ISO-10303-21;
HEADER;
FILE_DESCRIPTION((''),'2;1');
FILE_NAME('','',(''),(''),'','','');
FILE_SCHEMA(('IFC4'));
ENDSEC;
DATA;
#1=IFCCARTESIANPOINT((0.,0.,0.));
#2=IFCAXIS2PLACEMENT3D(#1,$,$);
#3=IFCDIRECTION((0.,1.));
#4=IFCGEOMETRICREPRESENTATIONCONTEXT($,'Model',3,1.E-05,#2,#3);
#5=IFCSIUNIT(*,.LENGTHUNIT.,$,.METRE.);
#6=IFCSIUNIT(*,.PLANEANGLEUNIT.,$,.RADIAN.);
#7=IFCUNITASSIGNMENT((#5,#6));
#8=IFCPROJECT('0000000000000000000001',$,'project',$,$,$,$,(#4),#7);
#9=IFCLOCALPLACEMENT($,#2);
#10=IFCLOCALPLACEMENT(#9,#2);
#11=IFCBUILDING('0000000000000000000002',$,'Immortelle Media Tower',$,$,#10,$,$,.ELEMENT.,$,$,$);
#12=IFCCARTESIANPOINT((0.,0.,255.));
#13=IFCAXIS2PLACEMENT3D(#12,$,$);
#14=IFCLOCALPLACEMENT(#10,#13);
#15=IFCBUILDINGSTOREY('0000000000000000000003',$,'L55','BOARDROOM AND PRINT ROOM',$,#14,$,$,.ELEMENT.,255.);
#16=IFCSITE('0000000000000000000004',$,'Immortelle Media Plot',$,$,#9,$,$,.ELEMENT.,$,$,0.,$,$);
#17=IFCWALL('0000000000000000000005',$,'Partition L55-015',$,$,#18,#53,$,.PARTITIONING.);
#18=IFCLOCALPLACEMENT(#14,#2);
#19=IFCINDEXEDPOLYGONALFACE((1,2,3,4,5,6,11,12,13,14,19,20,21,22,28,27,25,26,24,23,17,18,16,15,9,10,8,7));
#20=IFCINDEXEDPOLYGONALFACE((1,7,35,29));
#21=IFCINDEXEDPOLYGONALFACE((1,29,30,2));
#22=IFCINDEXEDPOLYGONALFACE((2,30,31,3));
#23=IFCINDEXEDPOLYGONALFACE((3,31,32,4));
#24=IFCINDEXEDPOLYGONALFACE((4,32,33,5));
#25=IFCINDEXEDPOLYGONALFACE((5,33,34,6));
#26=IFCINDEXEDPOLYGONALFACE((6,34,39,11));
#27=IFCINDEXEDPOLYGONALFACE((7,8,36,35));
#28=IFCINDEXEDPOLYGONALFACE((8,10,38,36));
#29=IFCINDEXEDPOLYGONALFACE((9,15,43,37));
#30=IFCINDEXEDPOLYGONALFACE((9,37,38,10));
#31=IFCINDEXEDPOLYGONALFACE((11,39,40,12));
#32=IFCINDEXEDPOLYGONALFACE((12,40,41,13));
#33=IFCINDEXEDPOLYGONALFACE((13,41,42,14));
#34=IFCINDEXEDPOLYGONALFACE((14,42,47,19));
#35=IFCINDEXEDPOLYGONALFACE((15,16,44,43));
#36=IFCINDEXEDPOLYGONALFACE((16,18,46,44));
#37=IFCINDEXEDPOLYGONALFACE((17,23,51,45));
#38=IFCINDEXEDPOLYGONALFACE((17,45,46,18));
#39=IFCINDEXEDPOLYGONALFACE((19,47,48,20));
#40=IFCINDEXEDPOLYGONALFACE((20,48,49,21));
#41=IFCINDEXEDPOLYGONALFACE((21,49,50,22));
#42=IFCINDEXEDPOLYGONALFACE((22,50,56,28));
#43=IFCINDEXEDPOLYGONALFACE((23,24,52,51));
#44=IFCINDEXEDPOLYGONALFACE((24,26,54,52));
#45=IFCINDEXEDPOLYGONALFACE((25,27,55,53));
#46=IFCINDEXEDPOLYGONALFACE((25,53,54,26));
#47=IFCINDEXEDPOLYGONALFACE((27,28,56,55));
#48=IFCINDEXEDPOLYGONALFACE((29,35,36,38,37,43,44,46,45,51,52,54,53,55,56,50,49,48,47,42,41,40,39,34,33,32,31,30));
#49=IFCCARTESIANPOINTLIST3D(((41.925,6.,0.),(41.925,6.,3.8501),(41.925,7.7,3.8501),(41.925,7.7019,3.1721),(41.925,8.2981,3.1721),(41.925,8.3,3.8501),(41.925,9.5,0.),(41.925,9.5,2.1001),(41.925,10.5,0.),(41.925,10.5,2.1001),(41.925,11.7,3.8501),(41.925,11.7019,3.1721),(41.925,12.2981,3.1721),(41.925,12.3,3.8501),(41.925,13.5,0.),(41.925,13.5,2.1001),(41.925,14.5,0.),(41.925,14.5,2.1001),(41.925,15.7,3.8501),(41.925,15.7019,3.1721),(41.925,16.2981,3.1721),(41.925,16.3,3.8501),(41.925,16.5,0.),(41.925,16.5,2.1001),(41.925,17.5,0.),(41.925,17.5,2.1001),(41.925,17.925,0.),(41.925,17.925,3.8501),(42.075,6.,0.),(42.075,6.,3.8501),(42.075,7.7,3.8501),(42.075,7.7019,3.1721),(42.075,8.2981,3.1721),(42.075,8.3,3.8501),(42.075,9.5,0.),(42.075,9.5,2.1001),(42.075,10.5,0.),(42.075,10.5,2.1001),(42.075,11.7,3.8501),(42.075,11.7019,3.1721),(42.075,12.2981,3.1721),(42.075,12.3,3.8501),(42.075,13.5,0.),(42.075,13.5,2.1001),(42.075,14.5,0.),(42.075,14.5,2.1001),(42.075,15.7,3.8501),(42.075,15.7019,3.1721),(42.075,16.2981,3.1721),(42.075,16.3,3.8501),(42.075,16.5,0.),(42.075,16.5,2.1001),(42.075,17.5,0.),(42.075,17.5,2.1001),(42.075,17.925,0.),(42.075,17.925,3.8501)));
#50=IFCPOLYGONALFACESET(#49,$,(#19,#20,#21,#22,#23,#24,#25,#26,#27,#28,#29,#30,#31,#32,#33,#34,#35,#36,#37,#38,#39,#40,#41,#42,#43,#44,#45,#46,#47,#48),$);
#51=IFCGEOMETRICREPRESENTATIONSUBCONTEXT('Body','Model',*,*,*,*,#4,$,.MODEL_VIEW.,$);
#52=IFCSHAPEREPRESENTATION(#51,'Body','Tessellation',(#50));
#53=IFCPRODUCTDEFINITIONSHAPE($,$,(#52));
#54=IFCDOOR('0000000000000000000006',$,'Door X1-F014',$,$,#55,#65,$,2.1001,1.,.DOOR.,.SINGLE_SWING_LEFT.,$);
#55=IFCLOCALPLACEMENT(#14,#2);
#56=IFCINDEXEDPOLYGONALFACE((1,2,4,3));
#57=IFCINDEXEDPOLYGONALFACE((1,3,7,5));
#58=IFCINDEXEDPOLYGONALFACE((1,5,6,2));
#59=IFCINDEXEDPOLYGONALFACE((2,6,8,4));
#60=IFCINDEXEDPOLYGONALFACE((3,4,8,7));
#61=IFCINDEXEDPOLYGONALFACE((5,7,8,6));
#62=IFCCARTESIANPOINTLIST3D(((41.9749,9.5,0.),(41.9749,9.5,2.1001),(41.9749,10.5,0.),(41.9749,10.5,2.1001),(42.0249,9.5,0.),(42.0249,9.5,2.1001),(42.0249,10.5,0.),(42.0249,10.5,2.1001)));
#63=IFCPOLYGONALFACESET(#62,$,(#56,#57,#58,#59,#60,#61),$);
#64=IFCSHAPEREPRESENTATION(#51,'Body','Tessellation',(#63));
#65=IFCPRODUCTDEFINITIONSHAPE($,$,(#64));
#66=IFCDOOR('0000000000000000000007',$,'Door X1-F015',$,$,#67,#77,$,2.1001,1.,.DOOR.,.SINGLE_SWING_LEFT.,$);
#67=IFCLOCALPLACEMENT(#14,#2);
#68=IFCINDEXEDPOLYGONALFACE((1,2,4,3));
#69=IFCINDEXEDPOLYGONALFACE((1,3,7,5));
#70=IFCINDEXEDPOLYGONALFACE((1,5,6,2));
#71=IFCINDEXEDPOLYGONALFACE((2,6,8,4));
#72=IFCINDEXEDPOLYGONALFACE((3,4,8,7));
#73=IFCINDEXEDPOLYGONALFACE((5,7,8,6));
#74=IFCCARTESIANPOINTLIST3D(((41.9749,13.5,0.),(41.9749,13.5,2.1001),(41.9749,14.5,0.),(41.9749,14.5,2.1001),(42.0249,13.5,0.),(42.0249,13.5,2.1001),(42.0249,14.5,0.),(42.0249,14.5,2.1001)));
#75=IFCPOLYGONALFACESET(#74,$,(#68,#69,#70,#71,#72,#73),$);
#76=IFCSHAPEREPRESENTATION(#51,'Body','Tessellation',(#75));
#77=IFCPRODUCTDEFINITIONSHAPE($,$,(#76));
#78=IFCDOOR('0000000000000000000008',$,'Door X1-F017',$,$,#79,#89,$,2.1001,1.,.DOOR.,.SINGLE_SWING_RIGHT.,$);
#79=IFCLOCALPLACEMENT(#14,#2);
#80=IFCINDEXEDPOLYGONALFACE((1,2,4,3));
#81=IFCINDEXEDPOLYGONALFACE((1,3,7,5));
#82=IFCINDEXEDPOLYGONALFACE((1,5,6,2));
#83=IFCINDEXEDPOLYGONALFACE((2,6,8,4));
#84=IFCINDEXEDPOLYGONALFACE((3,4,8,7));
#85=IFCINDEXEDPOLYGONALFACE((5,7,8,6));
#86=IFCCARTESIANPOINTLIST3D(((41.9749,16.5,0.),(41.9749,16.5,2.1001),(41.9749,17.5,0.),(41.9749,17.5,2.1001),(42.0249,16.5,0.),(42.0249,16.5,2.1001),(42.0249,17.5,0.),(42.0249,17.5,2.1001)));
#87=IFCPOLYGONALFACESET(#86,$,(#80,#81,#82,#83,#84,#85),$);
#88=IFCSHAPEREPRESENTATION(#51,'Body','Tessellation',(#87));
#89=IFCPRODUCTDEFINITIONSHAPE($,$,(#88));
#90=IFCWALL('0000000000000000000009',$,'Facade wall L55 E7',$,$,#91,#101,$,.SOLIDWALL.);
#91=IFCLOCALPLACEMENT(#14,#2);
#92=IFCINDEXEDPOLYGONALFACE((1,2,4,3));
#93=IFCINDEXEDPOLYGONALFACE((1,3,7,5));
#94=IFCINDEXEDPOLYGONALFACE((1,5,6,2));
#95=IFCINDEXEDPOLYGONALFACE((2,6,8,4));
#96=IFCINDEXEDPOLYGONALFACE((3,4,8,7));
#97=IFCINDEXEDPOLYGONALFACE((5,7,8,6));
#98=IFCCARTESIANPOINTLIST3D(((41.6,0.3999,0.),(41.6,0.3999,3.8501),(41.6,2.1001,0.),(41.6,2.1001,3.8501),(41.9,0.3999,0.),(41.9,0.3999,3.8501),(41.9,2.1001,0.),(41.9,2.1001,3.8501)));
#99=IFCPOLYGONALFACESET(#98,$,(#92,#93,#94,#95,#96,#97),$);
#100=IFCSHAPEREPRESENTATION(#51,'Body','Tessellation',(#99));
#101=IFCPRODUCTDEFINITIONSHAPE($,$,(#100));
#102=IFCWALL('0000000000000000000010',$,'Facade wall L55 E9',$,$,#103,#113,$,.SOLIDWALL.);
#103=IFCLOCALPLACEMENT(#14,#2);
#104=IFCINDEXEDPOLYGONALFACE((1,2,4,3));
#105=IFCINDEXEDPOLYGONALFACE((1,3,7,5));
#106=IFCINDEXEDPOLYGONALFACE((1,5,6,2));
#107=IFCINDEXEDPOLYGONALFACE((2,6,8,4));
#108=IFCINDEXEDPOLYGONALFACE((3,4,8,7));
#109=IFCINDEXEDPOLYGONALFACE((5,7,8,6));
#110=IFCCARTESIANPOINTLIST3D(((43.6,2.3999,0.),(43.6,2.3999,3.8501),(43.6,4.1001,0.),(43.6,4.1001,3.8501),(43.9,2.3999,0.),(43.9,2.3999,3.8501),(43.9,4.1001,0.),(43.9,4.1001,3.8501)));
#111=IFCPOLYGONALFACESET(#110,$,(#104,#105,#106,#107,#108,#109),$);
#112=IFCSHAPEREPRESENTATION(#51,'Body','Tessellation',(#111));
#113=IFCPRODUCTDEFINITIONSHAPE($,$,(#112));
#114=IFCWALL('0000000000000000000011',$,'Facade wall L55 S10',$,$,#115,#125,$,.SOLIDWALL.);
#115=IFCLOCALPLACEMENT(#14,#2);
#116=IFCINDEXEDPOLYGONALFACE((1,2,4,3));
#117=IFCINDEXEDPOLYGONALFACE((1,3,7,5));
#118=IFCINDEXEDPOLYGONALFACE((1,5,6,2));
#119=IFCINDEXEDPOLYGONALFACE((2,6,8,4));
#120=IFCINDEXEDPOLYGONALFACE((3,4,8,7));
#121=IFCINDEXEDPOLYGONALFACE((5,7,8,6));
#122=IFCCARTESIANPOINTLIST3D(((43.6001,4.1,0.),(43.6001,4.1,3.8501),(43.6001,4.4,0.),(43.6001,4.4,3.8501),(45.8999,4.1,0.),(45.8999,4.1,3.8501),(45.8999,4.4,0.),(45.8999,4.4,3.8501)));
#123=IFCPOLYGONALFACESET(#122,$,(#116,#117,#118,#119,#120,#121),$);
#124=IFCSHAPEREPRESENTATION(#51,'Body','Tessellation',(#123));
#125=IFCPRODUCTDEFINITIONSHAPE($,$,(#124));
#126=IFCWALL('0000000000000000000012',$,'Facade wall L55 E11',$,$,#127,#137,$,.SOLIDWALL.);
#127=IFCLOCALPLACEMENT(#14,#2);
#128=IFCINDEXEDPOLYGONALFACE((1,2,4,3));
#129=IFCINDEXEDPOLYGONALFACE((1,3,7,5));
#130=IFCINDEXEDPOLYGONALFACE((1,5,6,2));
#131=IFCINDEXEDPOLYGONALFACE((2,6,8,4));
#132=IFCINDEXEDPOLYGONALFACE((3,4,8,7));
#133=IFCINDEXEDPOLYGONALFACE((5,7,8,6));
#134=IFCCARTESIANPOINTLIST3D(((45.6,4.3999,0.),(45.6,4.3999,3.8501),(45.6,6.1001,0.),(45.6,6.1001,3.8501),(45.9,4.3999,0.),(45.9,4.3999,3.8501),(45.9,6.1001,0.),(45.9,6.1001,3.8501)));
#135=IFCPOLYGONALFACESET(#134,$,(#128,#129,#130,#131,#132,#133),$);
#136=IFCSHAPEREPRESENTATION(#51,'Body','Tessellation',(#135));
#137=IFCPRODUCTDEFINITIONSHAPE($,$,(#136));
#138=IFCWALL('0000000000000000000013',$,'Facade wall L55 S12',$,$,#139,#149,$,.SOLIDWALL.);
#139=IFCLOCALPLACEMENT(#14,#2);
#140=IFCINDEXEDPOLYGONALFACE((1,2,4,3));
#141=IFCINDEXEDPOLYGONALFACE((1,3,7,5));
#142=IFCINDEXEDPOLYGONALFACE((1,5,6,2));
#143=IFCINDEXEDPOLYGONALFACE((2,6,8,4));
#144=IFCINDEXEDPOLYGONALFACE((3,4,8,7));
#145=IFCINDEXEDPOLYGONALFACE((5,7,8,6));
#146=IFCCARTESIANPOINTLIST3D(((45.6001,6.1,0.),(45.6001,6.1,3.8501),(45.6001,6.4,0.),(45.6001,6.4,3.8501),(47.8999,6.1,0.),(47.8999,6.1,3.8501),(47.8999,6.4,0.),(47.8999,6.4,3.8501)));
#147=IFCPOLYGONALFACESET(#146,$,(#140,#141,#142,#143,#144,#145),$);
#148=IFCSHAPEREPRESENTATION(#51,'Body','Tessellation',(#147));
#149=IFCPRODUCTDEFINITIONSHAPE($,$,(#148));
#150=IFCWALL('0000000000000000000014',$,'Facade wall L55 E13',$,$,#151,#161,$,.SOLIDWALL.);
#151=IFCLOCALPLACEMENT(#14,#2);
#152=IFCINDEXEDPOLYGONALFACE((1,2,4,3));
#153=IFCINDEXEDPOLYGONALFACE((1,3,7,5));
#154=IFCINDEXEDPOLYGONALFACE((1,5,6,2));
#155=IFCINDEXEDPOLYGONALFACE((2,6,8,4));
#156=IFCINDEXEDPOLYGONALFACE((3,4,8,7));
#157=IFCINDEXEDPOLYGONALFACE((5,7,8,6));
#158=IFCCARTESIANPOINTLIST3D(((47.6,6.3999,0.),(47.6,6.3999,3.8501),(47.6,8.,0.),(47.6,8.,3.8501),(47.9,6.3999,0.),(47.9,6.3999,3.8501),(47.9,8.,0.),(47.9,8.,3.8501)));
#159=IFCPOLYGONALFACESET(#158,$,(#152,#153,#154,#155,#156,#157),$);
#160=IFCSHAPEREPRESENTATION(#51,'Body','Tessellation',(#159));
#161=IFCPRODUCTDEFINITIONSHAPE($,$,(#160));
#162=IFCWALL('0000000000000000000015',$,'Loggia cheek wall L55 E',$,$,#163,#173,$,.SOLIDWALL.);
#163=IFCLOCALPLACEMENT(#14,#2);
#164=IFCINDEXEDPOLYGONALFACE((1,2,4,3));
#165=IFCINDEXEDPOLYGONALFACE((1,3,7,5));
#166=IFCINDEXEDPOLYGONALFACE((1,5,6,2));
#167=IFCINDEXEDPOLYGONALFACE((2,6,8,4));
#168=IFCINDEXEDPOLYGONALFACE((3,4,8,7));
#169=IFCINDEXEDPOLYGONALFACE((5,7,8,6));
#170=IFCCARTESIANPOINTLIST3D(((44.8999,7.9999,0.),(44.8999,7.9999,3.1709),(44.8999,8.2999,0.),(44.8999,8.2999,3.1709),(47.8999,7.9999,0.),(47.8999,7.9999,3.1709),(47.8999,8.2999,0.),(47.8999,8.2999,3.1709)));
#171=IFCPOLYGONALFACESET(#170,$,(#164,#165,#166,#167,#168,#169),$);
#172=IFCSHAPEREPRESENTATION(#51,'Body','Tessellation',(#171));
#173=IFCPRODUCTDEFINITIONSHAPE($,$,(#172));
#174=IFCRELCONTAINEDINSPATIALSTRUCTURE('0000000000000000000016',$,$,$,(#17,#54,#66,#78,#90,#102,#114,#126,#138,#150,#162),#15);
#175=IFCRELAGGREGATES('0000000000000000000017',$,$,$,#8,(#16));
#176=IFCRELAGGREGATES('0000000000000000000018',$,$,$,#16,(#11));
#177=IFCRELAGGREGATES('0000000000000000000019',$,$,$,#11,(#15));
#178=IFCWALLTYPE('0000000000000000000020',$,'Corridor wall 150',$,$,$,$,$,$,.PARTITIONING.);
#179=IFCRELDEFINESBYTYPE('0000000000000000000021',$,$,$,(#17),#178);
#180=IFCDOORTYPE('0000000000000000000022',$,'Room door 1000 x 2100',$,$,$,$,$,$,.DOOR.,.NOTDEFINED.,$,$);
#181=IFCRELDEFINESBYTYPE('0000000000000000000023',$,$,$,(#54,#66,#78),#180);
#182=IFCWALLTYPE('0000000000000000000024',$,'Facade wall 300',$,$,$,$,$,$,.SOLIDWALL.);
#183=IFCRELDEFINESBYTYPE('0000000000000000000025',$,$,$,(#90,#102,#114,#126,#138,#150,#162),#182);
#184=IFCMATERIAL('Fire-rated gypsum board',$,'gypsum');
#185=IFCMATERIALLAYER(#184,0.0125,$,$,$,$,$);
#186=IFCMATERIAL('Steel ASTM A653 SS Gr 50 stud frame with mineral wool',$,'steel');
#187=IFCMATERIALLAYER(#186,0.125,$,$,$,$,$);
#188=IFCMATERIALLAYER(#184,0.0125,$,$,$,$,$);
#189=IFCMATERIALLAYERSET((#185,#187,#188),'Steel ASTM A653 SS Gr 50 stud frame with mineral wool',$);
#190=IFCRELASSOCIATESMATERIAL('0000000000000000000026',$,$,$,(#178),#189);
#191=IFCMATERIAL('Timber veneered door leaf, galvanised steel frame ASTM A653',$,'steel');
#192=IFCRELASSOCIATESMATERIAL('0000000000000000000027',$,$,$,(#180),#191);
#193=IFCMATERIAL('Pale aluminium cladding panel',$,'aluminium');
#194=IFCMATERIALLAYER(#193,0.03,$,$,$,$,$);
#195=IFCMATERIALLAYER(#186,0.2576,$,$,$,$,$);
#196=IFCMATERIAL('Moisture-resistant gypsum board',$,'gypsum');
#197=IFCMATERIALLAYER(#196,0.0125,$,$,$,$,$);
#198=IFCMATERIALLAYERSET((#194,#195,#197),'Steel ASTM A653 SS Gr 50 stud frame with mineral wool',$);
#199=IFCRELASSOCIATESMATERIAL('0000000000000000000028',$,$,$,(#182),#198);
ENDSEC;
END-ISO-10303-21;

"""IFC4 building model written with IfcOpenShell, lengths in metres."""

from ifc_helpers import new_model, si_unit, direction, frame, frame_2d, origin, place, context, subcontext, project, spatial, polyline, rectangle, outline, extrude, material, layer, layer_set, type_object, element, fill, save


model = new_model("IFC4")

# Units and contexts
model_context = context("Model", 3, precision=1e-05, world=origin(), true_north=direction((0.0, 1.0)))
body_context = subcontext(model_context, "Body", "Model", "MODEL_VIEW")
ifc_project = project(units=[si_unit("LENGTHUNIT", "METRE"), si_unit("PLANEANGLEUNIT", "RADIAN")], contexts=[model_context])

# Site, building, storey
site_placement = place(None, origin())
site = spatial("IfcSite", under=ifc_project, at=site_placement, Name="Immortelle Media Plot", CompositionType="ELEMENT", RefElevation=0.0)
building_placement = place(site_placement, origin())
building = spatial("IfcBuilding", under=site, at=building_placement, Name="Immortelle Media Tower", CompositionType="ELEMENT")
storey_placement = place(building_placement, frame((0.0, 0.0, 255.0)))
storey = spatial("IfcBuildingStorey", under=building, at=storey_placement, Name="L55", Description="BOARDROOM AND PRINT ROOM", CompositionType="ELEMENT", Elevation=255.0)

# Wall, openings, doors
ifc_material_1 = material(Name="Fire-rated gypsum board", Category="gypsum")
ifc_layer_1 = layer(ifc_material_1, 0.0125)
ifc_material_2 = material(Name="Steel ASTM A653 SS Gr 50 stud frame with mineral wool", Category="steel")
ifc_layer_2 = layer(ifc_material_2, 0.125)
ifc_layer_3 = layer(ifc_material_1, 0.0125)
ifc_layer_set_1 = layer_set([ifc_layer_1, ifc_layer_2, ifc_layer_3], Name="Steel ASTM A653 SS Gr 50 stud frame with mineral wool")
wall_type_1 = type_object("IfcWallType", Name="Corridor wall 150", PredefinedType="PARTITIONING", material=ifc_layer_set_1)
wall_1_placement = place(storey_placement, frame((42.0, 6.0, 0.0), z_axis=(0.0, 0.0, 1.0), x_axis=(0.0, 1.0, 0.0)))
wall_1 = element("IfcWall", 1, at=wall_1_placement, inside=storey, type_object=wall_type_1, Name="Partition L55-015", PredefinedType="PARTITIONING", context=body_context, shape_type="SweptSolid", body=[
    extrude(outline(polyline([(0.0, 0.0), (11.925, 0.0), (11.925, 3.8501), (10.3, 3.8501), (10.2981, 3.1721), (9.7019, 3.1721), (9.7, 3.8501), (6.3, 3.8501), (6.2981, 3.1721), (5.7019, 3.1721), (5.7, 3.8501), (2.3, 3.8501), (2.2981, 3.1721), (1.7019, 3.1721), (1.7, 3.8501), (0.0, 3.8501), (0.0, 0.0)])), frame((0.0, 0.075, 0.0), z_axis=(0.0, -1.0, 0.0), x_axis=(1.0, 0.0, 0.0)), (0.0, 0.0, 1.0), 0.1499),
])
opening_1_placement = place(wall_1_placement, frame((4.5, 0.0, 0.0), z_axis=(0.0, 0.0, 1.0), x_axis=(-1.0, 0.0, 0.0)))
opening_1 = element("IfcOpeningElement", 2, at=opening_1_placement, cuts=wall_1, PredefinedType="OPENING", context=body_context, shape_type="SweptSolid", body=[
    extrude(rectangle(XDim=1.0, YDim=2.1001, at=frame_2d((0.5, 1.05))), frame((0.0, 0.085, 0.0), z_axis=(0.0, -1.0, 0.0), x_axis=(1.0, 0.0, 0.0)), (0.0, 0.0, 1.0), 0.1699),
])
opening_2_placement = place(wall_1_placement, frame((8.5, 0.0, 0.0), z_axis=(0.0, 0.0, 1.0), x_axis=(-1.0, 0.0, 0.0)))
opening_2 = element("IfcOpeningElement", 3, at=opening_2_placement, cuts=wall_1, PredefinedType="OPENING", context=body_context, shape_type="SweptSolid", body=[
    extrude(rectangle(XDim=1.0, YDim=2.1001, at=frame_2d((0.5, 1.05))), frame((0.0, 0.085, 0.0), z_axis=(0.0, -1.0, 0.0), x_axis=(1.0, 0.0, 0.0)), (0.0, 0.0, 1.0), 0.1699),
])
opening_3_placement = place(wall_1_placement, frame((11.5, 0.0, 0.0), z_axis=(0.0, 0.0, 1.0), x_axis=(-1.0, 0.0, 0.0)))
opening_3 = element("IfcOpeningElement", 4, at=opening_3_placement, cuts=wall_1, PredefinedType="OPENING", context=body_context, shape_type="SweptSolid", body=[
    extrude(rectangle(XDim=1.0, YDim=2.1001, at=frame_2d((0.5, 1.05))), frame((0.0, 0.085, 0.0), z_axis=(0.0, -1.0, 0.0), x_axis=(1.0, 0.0, 0.0)), (0.0, 0.0, 1.0), 0.1699),
])
ifc_material_3 = material(Name="Timber veneered door leaf, galvanised steel frame ASTM A653", Category="steel")
door_type_1 = type_object("IfcDoorType", Name="Room door 1000 x 2100", OperationType="NOTDEFINED", PredefinedType="DOOR", material=ifc_material_3)
door_1_placement = place(opening_1_placement, origin())
door_1 = element("IfcDoor", 5, at=door_1_placement, inside=storey, type_object=door_type_1, Name="Door X1-F014", OperationType="SINGLE_SWING_LEFT", OverallHeight=2.1001, OverallWidth=1.0, PredefinedType="DOOR", context=body_context, shape_type="SweptSolid", body=[
    extrude(rectangle(XDim=1.0, YDim=2.1001, at=frame_2d((0.5, 1.05))), frame((0.0, 0.0249, 0.0), z_axis=(0.0, -1.0, 0.0), x_axis=(1.0, 0.0, 0.0)), (0.0, 0.0, 1.0), 0.05),
])
fill(opening_1, door_1)
door_2_placement = place(opening_2_placement, origin())
door_2 = element("IfcDoor", 6, at=door_2_placement, inside=storey, type_object=door_type_1, Name="Door X1-F015", OperationType="SINGLE_SWING_LEFT", OverallHeight=2.1001, OverallWidth=1.0, PredefinedType="DOOR", context=body_context, shape_type="SweptSolid", body=[
    extrude(rectangle(XDim=1.0, YDim=2.1001, at=frame_2d((0.5, 1.05))), frame((0.0, 0.0249, 0.0), z_axis=(0.0, -1.0, 0.0), x_axis=(1.0, 0.0, 0.0)), (0.0, 0.0, 1.0), 0.05),
])
fill(opening_2, door_2)
door_3_placement = place(opening_3_placement, origin())
door_3 = element("IfcDoor", 7, at=door_3_placement, inside=storey, type_object=door_type_1, Name="Door X1-F017", OperationType="SINGLE_SWING_RIGHT", OverallHeight=2.1001, OverallWidth=1.0, PredefinedType="DOOR", context=body_context, shape_type="SweptSolid", body=[
    extrude(rectangle(XDim=1.0, YDim=2.1001, at=frame_2d((0.5, 1.05))), frame((0.0, 0.0249, 0.0), z_axis=(0.0, -1.0, 0.0), x_axis=(1.0, 0.0, 0.0)), (0.0, 0.0, 1.0), 0.05),
])
fill(opening_3, door_3)

# Walls
ifc_material_4 = material(Name="Pale aluminium cladding panel", Category="aluminium")
ifc_layer_4 = layer(ifc_material_4, 0.03)
ifc_layer_5 = layer(ifc_material_2, 0.2576)
ifc_material_5 = material(Name="Moisture-resistant gypsum board", Category="gypsum")
ifc_layer_6 = layer(ifc_material_5, 0.0125)
ifc_layer_set_2 = layer_set([ifc_layer_4, ifc_layer_5, ifc_layer_6], Name="Steel ASTM A653 SS Gr 50 stud frame with mineral wool")
wall_type_2 = type_object("IfcWallType", Name="Facade wall 300", PredefinedType="SOLIDWALL", material=ifc_layer_set_2)
for number, where, z_axis, x_axis, name in (
    (8, (41.75, 0.3999, 0.0), (0.0, 0.0, 1.0), (0.0, 1.0, 0.0), "Facade wall L55 E7"),
    (9, (43.75, 2.3999, 0.0), (0.0, 0.0, 1.0), (0.0, 1.0, 0.0), "Facade wall L55 E9"),
):
    element("IfcWall", number, at=place(storey_placement, frame(where, z_axis=z_axis, x_axis=x_axis)), inside=storey, type_object=wall_type_2, Name=name, PredefinedType="SOLIDWALL", context=body_context, shape_type="SweptSolid", body=[
        extrude(rectangle(XDim=1.7002, YDim=0.3, at=frame_2d((0.8501, 0.0))), origin(), (0.0, 0.0, 1.0), 3.8501),
    ])
wall_2_placement = place(storey_placement, frame((43.6001, 4.25, 0.0), z_axis=(0.0, 0.0, 1.0), x_axis=(1.0, 0.0, 0.0)))
element("IfcWall", 10, at=wall_2_placement, inside=storey, type_object=wall_type_2, Name="Facade wall L55 S10", PredefinedType="SOLIDWALL", context=body_context, shape_type="SweptSolid", body=[
    extrude(rectangle(XDim=2.2998, YDim=0.3, at=frame_2d((1.1499, 0.0))), origin(), (0.0, 0.0, 1.0), 3.8501),
])
wall_3_placement = place(storey_placement, frame((45.75, 4.3999, 0.0), z_axis=(0.0, 0.0, 1.0), x_axis=(0.0, 1.0, 0.0)))
element("IfcWall", 11, at=wall_3_placement, inside=storey, type_object=wall_type_2, Name="Facade wall L55 E11", PredefinedType="SOLIDWALL", context=body_context, shape_type="SweptSolid", body=[
    extrude(rectangle(XDim=1.7002, YDim=0.3, at=frame_2d((0.8501, 0.0))), origin(), (0.0, 0.0, 1.0), 3.8501),
])
wall_4_placement = place(storey_placement, frame((45.6001, 6.25, 0.0), z_axis=(0.0, 0.0, 1.0), x_axis=(1.0, 0.0, 0.0)))
element("IfcWall", 12, at=wall_4_placement, inside=storey, type_object=wall_type_2, Name="Facade wall L55 S12", PredefinedType="SOLIDWALL", context=body_context, shape_type="SweptSolid", body=[
    extrude(rectangle(XDim=2.2998, YDim=0.3, at=frame_2d((1.1499, 0.0))), origin(), (0.0, 0.0, 1.0), 3.8501),
])
wall_5_placement = place(storey_placement, frame((47.75, 6.3999, 0.0), z_axis=(0.0, 0.0, 1.0), x_axis=(0.0, 1.0, 0.0)))
element("IfcWall", 13, at=wall_5_placement, inside=storey, type_object=wall_type_2, Name="Facade wall L55 E13", PredefinedType="SOLIDWALL", context=body_context, shape_type="SweptSolid", body=[
    extrude(rectangle(XDim=1.6001, YDim=0.3, at=frame_2d((0.8, 0.0))), origin(), (0.0, 0.0, 1.0), 3.8501),
])

# Wall
wall_6_placement = place(storey_placement, frame((47.8999, 8.1499, 0.0), z_axis=(0.0, 0.0, 1.0), x_axis=(-1.0, 0.0, 0.0)))
element("IfcWall", 14, at=wall_6_placement, inside=storey, type_object=wall_type_2, Name="Loggia cheek wall L55 E", PredefinedType="SOLIDWALL", context=body_context, shape_type="SweptSolid", body=[
    extrude(rectangle(XDim=3.0, YDim=0.3, at=frame_2d((1.5, 0.0))), origin(), (0.0, 0.0, 1.0), 3.1709),
])

save(model, "model.ifc")
